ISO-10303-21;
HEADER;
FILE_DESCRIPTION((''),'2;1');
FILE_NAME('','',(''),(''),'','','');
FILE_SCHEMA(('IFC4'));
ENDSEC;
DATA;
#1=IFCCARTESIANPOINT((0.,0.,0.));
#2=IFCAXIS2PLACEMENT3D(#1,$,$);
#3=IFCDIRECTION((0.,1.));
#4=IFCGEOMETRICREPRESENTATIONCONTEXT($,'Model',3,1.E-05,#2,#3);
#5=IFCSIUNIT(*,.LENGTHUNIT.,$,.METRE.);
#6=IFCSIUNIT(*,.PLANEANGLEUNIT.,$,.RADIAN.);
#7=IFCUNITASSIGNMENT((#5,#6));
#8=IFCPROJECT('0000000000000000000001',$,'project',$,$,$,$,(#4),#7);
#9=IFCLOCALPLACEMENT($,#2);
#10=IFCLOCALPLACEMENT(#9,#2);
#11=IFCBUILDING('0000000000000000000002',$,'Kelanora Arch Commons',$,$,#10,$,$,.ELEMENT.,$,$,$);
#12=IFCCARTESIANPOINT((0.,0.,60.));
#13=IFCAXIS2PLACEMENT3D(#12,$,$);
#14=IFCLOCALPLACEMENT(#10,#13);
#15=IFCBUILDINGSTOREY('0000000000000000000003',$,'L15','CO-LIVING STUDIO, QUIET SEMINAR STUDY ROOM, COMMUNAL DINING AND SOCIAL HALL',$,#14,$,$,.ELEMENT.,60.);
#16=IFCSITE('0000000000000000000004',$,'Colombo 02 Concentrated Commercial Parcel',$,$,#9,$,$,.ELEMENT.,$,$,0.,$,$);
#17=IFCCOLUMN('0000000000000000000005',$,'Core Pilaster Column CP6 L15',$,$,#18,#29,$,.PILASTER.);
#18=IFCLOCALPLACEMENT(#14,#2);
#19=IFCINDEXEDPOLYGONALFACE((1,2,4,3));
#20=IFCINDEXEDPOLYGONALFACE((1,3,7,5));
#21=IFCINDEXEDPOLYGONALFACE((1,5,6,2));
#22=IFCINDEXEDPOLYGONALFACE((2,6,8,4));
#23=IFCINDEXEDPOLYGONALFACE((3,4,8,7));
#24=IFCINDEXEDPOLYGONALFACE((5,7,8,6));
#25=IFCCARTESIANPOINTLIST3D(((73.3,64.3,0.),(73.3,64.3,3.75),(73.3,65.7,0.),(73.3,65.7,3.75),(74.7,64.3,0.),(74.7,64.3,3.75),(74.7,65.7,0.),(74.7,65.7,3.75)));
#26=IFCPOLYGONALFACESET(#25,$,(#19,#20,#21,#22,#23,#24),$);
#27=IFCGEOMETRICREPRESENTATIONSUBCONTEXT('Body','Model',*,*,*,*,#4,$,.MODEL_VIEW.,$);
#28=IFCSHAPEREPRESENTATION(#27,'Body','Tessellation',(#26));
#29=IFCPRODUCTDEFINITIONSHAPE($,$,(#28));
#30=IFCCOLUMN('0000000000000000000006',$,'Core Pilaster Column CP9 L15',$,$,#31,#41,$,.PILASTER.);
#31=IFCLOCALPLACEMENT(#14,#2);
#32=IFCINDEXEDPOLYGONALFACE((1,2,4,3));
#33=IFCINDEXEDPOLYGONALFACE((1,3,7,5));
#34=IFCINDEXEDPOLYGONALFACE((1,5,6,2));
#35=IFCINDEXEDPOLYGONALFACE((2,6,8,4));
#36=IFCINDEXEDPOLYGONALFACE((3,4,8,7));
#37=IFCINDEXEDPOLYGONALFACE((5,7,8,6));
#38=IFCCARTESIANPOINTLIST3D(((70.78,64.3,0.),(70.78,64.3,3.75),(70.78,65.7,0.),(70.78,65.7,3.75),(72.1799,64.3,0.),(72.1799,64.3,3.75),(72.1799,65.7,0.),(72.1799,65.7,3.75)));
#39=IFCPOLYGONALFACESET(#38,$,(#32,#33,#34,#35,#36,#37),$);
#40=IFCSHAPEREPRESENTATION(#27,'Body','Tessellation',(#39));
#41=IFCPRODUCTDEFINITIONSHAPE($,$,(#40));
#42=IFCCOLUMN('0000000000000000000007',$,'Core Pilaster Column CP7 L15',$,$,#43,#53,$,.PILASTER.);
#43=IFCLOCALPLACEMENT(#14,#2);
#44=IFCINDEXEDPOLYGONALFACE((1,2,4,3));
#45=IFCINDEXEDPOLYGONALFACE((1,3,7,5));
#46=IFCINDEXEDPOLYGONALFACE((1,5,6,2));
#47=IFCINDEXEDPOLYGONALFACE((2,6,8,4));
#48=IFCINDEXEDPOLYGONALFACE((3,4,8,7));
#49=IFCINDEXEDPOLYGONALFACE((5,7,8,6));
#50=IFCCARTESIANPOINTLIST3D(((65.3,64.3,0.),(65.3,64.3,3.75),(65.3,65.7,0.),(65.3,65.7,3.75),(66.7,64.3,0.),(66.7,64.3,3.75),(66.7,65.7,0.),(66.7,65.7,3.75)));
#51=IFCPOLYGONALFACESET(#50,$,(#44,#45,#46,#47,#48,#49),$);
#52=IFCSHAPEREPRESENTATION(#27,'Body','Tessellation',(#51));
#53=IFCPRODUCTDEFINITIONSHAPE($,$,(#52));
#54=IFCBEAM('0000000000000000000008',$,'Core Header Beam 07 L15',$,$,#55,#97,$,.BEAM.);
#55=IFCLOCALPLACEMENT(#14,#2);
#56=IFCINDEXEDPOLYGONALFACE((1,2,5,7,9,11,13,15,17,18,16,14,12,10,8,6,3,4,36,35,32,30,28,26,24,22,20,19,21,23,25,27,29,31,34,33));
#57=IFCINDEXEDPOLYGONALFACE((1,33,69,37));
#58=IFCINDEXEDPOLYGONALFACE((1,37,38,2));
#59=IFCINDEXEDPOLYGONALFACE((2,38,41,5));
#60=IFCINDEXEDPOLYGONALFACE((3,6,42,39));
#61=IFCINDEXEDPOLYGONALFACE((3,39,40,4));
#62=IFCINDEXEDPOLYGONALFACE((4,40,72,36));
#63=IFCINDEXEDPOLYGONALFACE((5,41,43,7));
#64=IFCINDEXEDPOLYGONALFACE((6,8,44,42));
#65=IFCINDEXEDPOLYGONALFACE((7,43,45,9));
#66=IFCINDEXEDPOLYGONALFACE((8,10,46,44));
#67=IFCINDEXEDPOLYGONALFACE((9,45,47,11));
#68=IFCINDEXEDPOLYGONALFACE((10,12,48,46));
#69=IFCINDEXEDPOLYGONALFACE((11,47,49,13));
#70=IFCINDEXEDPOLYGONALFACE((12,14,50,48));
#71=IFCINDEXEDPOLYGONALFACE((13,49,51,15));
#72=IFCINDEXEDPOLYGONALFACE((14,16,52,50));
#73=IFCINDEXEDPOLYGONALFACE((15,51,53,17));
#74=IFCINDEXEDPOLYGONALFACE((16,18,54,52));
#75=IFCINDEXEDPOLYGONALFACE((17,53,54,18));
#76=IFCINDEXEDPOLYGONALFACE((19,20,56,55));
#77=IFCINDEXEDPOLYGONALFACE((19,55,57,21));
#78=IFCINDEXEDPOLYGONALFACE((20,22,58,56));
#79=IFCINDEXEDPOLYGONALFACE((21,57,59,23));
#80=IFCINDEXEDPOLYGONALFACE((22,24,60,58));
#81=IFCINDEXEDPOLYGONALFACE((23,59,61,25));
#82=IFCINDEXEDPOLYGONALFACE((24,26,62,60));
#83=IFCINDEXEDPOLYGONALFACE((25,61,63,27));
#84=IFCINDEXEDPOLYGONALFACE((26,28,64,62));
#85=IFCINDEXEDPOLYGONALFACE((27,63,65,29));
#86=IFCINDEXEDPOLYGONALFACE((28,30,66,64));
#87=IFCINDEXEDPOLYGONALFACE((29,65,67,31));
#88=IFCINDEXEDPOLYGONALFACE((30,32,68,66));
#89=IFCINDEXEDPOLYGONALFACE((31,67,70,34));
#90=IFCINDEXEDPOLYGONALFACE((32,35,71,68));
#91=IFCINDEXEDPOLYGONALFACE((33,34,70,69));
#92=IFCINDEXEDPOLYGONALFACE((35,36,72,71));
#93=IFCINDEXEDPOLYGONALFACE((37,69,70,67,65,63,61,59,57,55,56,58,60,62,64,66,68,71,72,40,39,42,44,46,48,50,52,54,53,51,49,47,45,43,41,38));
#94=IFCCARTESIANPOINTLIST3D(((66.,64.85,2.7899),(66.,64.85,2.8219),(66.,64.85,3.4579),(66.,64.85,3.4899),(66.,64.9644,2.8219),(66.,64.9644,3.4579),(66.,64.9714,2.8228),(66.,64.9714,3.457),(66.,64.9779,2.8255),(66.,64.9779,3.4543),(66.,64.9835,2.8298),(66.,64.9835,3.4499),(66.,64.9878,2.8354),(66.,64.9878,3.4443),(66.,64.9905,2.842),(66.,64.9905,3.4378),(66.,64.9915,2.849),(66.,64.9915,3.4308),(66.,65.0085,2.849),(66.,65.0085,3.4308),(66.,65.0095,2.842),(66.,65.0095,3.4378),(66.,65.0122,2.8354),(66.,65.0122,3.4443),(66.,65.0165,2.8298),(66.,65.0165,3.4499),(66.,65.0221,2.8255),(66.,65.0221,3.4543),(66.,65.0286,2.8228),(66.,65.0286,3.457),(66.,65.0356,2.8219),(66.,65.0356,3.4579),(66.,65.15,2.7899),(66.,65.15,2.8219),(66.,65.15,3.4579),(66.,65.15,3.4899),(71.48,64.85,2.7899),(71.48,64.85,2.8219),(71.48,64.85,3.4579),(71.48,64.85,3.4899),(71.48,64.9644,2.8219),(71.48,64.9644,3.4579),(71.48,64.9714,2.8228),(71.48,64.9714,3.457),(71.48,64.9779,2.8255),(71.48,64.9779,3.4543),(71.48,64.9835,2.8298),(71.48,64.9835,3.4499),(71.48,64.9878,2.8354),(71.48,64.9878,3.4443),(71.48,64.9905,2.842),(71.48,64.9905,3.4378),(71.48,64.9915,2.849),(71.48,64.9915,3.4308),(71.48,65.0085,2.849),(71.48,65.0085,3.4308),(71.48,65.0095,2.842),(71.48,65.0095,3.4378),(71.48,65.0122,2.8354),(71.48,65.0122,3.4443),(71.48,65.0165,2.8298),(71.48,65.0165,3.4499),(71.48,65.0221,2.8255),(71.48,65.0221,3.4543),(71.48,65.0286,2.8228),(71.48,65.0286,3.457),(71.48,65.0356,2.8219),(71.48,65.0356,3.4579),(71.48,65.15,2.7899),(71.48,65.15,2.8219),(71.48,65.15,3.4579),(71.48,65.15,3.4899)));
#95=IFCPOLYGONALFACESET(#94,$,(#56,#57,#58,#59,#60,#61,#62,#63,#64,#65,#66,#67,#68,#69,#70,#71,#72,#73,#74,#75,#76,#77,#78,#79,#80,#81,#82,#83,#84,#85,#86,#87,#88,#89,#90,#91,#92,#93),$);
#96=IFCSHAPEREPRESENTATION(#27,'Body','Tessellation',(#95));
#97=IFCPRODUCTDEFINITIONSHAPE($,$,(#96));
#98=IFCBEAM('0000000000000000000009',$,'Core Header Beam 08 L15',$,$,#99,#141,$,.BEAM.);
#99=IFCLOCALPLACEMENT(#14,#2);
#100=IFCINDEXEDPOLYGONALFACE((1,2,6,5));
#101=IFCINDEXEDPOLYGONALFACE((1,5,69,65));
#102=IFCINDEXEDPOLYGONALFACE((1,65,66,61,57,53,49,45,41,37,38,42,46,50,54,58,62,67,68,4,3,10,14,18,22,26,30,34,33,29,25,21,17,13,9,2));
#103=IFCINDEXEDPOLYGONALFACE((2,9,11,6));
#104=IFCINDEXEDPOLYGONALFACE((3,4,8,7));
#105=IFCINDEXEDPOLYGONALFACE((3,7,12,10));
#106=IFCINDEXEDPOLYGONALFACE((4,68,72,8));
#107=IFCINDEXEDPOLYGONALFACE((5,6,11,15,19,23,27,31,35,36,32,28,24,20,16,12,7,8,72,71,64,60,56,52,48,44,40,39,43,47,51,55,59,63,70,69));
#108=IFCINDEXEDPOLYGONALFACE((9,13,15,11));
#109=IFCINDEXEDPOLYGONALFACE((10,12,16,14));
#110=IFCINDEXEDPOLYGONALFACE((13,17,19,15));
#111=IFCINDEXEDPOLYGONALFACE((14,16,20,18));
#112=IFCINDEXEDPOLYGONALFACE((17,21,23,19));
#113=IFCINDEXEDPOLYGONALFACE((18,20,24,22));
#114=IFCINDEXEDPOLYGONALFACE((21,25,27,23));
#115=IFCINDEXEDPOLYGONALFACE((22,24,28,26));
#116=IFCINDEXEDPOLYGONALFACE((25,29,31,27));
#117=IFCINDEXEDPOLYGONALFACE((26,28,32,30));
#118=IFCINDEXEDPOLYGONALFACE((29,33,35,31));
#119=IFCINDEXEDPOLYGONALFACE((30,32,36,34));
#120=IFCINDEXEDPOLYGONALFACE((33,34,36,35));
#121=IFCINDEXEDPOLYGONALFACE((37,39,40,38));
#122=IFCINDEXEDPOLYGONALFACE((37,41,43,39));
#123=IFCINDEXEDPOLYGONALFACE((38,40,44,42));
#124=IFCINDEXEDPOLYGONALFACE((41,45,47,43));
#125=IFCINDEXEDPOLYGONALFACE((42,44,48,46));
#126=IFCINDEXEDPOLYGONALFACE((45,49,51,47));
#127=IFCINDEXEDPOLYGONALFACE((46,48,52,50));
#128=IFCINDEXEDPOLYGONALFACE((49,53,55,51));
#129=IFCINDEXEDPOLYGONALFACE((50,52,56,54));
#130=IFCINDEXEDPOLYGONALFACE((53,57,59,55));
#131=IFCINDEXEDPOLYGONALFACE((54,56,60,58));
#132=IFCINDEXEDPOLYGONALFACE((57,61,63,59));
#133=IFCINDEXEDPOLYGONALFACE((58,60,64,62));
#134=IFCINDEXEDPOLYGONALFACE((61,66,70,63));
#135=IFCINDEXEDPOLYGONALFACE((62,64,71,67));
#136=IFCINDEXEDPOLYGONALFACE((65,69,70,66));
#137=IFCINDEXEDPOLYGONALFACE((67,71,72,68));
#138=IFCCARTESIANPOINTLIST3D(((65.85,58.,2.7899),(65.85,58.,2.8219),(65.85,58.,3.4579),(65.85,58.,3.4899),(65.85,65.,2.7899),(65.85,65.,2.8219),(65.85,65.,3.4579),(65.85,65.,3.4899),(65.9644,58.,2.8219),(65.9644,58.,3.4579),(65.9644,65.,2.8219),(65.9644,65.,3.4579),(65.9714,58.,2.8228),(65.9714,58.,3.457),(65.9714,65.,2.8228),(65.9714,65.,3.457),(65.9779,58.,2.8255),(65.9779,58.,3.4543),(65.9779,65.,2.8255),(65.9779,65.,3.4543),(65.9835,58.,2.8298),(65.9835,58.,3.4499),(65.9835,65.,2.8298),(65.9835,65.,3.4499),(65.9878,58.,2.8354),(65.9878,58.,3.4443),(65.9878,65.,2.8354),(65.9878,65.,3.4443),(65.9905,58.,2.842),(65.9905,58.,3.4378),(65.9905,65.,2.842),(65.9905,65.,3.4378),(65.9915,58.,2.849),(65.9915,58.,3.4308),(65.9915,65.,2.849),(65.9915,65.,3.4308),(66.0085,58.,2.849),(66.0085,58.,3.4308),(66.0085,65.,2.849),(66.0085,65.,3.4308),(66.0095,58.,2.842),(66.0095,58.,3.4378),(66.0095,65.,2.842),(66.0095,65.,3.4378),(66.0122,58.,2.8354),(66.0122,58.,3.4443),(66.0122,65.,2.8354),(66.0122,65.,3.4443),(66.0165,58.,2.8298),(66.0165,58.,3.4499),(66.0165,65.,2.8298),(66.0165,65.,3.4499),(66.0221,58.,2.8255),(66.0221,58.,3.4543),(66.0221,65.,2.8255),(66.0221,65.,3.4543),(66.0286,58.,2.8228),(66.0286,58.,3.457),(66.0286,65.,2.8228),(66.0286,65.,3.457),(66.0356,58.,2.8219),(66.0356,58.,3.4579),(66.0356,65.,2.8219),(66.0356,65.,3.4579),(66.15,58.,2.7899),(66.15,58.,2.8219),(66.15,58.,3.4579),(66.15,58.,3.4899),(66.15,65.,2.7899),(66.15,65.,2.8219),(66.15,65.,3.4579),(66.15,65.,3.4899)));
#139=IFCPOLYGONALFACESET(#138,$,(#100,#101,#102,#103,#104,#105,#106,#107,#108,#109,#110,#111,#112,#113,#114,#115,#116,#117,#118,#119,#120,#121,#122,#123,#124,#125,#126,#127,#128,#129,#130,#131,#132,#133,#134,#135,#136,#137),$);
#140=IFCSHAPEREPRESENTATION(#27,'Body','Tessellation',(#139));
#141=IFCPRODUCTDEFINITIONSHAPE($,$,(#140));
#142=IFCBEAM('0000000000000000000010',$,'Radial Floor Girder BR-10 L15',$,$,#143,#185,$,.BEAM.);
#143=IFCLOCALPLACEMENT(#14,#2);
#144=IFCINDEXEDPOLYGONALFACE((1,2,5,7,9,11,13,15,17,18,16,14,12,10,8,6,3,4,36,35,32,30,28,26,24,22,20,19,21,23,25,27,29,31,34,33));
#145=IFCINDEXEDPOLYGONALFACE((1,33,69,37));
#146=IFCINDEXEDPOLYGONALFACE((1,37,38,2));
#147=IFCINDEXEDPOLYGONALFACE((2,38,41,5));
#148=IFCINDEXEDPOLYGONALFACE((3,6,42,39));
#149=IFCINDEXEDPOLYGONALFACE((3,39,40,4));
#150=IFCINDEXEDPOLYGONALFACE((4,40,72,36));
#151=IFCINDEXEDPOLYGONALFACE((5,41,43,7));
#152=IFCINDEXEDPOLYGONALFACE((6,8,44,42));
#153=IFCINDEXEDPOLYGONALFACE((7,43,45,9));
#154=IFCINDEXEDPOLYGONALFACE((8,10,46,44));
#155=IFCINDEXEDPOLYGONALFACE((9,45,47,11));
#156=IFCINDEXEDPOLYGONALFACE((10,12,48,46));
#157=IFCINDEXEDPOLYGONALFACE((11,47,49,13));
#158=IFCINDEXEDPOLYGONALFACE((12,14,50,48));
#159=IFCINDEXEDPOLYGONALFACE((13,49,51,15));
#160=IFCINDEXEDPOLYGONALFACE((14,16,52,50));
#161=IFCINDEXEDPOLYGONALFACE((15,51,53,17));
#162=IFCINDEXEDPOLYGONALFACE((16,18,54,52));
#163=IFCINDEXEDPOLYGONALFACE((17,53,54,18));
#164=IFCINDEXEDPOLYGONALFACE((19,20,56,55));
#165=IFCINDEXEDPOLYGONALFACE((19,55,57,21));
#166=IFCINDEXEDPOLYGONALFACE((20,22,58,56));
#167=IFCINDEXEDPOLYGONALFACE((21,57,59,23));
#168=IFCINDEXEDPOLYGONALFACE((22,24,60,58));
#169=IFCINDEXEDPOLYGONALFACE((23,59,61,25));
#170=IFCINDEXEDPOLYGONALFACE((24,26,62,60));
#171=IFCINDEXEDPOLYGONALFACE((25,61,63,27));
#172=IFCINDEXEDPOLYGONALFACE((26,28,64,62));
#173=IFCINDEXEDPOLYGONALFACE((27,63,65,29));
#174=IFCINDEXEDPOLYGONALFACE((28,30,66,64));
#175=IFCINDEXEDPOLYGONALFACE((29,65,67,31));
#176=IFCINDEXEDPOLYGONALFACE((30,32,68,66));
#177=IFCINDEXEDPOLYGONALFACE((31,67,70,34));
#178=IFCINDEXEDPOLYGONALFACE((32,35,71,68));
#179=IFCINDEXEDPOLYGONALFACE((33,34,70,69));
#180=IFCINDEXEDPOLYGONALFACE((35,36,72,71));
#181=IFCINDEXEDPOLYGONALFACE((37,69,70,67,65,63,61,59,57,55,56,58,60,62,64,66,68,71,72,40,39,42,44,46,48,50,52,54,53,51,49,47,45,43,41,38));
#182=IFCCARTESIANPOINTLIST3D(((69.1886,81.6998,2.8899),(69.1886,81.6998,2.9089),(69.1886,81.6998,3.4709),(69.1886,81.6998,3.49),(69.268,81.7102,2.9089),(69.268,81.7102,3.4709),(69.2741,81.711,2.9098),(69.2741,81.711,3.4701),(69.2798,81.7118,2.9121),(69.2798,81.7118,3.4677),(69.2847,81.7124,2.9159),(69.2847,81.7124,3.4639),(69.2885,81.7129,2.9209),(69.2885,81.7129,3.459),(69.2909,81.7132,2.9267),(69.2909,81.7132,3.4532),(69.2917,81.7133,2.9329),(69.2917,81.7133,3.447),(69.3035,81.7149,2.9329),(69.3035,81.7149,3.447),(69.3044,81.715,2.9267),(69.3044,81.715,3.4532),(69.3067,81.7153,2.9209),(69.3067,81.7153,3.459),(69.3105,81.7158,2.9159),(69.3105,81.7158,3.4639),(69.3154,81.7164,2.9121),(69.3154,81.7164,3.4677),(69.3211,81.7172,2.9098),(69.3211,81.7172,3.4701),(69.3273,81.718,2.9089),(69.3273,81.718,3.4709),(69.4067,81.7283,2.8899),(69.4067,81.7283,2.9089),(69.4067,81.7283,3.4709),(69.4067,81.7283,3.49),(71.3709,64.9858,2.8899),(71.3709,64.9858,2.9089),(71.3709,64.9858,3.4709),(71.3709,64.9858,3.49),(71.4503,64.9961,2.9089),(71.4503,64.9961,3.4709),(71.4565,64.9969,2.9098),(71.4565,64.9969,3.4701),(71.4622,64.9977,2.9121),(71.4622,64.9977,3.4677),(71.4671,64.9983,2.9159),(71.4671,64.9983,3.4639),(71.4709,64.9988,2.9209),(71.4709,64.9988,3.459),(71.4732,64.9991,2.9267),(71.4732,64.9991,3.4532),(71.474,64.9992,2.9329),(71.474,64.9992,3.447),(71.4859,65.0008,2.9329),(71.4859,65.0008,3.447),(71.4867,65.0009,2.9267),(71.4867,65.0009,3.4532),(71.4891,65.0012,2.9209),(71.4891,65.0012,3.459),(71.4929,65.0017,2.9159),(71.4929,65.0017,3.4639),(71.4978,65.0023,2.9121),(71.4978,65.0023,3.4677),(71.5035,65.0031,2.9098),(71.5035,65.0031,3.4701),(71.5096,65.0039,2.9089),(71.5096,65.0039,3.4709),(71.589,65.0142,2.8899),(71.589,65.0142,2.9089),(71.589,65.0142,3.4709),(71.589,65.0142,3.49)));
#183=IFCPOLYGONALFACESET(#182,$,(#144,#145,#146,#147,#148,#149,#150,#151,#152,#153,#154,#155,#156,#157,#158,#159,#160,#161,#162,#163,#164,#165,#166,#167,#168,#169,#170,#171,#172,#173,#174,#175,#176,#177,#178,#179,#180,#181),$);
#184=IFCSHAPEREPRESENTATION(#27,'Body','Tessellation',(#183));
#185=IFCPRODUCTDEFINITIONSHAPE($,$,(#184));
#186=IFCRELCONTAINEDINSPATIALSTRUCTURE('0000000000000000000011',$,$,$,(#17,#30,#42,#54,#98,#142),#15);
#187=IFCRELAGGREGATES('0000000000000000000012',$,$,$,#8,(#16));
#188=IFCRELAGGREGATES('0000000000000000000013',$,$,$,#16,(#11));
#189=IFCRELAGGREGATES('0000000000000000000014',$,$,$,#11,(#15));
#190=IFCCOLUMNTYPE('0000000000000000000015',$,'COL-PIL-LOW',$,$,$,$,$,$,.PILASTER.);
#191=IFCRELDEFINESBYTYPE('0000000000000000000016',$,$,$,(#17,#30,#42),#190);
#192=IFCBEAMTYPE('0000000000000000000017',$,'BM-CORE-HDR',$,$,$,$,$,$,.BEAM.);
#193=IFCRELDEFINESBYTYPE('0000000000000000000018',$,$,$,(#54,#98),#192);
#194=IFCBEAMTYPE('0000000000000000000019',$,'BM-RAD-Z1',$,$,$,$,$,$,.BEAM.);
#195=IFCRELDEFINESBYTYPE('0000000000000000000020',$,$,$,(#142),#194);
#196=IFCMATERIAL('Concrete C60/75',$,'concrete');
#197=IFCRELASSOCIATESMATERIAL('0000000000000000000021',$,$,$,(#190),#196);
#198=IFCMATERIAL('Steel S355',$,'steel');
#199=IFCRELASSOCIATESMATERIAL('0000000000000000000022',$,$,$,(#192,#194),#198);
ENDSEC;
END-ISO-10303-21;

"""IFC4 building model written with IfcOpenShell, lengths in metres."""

from ifc_helpers import new_model, si_unit, direction, frame, origin, origin_2d, place, context, subcontext, project, spatial, rectangle, i_section, extrude, material, material_profile, profile_set, type_object, element, save


model = new_model("IFC4")

# Units and contexts
model_context = context("Model", 3, precision=1e-05, world=origin(), true_north=direction((0.0, 1.0)))
body_context = subcontext(model_context, "Body", "Model", "MODEL_VIEW")
ifc_project = project(units=[si_unit("LENGTHUNIT", "METRE"), si_unit("PLANEANGLEUNIT", "RADIAN")], contexts=[model_context])

# Site, building, storey
site_placement = place(None, origin())
site = spatial("IfcSite", under=ifc_project, at=site_placement, Name="Colombo 02 Concentrated Commercial Parcel", CompositionType="ELEMENT", RefElevation=0.0)
building_placement = place(site_placement, origin())
building = spatial("IfcBuilding", under=site, at=building_placement, Name="Kelanora Arch Commons", CompositionType="ELEMENT")
storey_placement = place(building_placement, frame((0.0, 0.0, 60.0)))
storey = spatial("IfcBuildingStorey", under=building, at=storey_placement, Name="L15", Description="CO-LIVING STUDIO, QUIET SEMINAR STUDY ROOM, COMMUNAL DINING AND SOCIAL HALL", CompositionType="ELEMENT", Elevation=60.0)

# Columns
ifc_material_1 = material(Name="Concrete C60/75", Category="concrete")
ifc_material_profile_1 = material_profile(ifc_material_1, rectangle(XDim=1.3999, YDim=1.3999, at=origin_2d()), Name="RC1400x1400")
ifc_profile_set_1 = profile_set([ifc_material_profile_1], Name="Concrete C60/75")
column_type = type_object("IfcColumnType", Name="COL-PIL-LOW", PredefinedType="PILASTER", material=ifc_profile_set_1)
for number, where, z_axis, x_axis, name in (
    (1, (74.0, 65.0, 0.0), (0.0, 0.0, 1.0), (1.0, 0.0, 0.0), "Core Pilaster Column CP6 L15"),
    (2, (71.48, 65.0, 0.0), (0.0, 0.0, 1.0), (1.0, 0.0, 0.0), "Core Pilaster Column CP9 L15"),
    (3, (66.0, 65.0, 0.0), (0.0, 0.0, 1.0), (1.0, 0.0, 0.0), "Core Pilaster Column CP7 L15"),
):
    element("IfcColumn", number, at=place(storey_placement, frame(where, z_axis=z_axis, x_axis=x_axis)), inside=storey, type_object=column_type, Name=name, PredefinedType="PILASTER", context=body_context, shape_type="SweptSolid", body=[
        extrude(rectangle(XDim=1.3999, YDim=1.3999, at=origin_2d()), origin(), (0.0, 0.0, 1.0), 3.75),
    ])

# Beams
ifc_material_2 = material(Name="Steel S355", Category="steel")
ifc_material_profile_2 = material_profile(ifc_material_2, i_section(OverallWidth=0.3, OverallDepth=0.7, WebThickness=0.0171, FlangeThickness=0.032, FilletRadius=0.0271, at=origin_2d()), Name="HEB700")
ifc_profile_set_2 = profile_set([ifc_material_profile_2], Name="Steel S355")
beam_type_1 = type_object("IfcBeamType", Name="BM-CORE-HDR", PredefinedType="BEAM", material=ifc_profile_set_2)
beam_1_placement = place(storey_placement, frame((71.48, 65.0, 3.1399), z_axis=(-1.0, 0.0, 0.0), x_axis=(0.0, -1.0, 0.0)))
element("IfcBeam", 4, at=beam_1_placement, inside=storey, type_object=beam_type_1, Name="Core Header Beam 07 L15", PredefinedType="BEAM", context=body_context, shape_type="SweptSolid", body=[
    extrude(i_section(OverallWidth=0.3, OverallDepth=0.7, WebThickness=0.0171, FlangeThickness=0.032, FilletRadius=0.0271, at=origin_2d()), origin(), (0.0, 0.0, 1.0), 5.48),
])
beam_2_placement = place(storey_placement, frame((66.0, 65.0, 3.1399), z_axis=(0.0, -1.0, 0.0), x_axis=(1.0, 0.0, 0.0)))
element("IfcBeam", 5, at=beam_2_placement, inside=storey, type_object=beam_type_1, Name="Core Header Beam 08 L15", PredefinedType="BEAM", context=body_context, shape_type="SweptSolid", body=[
    extrude(i_section(OverallWidth=0.3, OverallDepth=0.7, WebThickness=0.0171, FlangeThickness=0.032, FilletRadius=0.0271, at=origin_2d()), origin(), (0.0, 0.0, 1.0), 7.0),
])
ifc_material_profile_3 = material_profile(ifc_material_2, i_section(OverallWidth=0.22, OverallDepth=0.6001, WebThickness=0.012, FlangeThickness=0.019, FilletRadius=0.0239, at=origin_2d()), Name="IPE600")
ifc_profile_set_3 = profile_set([ifc_material_profile_3], Name="Steel S355")
beam_type_2 = type_object("IfcBeamType", Name="BM-RAD-Z1", PredefinedType="BEAM", material=ifc_profile_set_3)
beam_3_placement = place(storey_placement, frame((71.48, 65.0, 3.1899), z_axis=(-0.129472, 0.991583, 0.0), x_axis=(-0.991583, -0.129472, 0.0)))
element("IfcBeam", 6, at=beam_3_placement, inside=storey, type_object=beam_type_2, Name="Radial Floor Girder BR-10 L15", PredefinedType="BEAM", context=body_context, shape_type="SweptSolid", body=[
    extrude(i_section(OverallWidth=0.22, OverallDepth=0.6001, WebThickness=0.012, FlangeThickness=0.019, FilletRadius=0.0239, at=origin_2d()), origin(), (0.0, 0.0, 1.0), 16.856),
])

save(model, "model.ifc")
